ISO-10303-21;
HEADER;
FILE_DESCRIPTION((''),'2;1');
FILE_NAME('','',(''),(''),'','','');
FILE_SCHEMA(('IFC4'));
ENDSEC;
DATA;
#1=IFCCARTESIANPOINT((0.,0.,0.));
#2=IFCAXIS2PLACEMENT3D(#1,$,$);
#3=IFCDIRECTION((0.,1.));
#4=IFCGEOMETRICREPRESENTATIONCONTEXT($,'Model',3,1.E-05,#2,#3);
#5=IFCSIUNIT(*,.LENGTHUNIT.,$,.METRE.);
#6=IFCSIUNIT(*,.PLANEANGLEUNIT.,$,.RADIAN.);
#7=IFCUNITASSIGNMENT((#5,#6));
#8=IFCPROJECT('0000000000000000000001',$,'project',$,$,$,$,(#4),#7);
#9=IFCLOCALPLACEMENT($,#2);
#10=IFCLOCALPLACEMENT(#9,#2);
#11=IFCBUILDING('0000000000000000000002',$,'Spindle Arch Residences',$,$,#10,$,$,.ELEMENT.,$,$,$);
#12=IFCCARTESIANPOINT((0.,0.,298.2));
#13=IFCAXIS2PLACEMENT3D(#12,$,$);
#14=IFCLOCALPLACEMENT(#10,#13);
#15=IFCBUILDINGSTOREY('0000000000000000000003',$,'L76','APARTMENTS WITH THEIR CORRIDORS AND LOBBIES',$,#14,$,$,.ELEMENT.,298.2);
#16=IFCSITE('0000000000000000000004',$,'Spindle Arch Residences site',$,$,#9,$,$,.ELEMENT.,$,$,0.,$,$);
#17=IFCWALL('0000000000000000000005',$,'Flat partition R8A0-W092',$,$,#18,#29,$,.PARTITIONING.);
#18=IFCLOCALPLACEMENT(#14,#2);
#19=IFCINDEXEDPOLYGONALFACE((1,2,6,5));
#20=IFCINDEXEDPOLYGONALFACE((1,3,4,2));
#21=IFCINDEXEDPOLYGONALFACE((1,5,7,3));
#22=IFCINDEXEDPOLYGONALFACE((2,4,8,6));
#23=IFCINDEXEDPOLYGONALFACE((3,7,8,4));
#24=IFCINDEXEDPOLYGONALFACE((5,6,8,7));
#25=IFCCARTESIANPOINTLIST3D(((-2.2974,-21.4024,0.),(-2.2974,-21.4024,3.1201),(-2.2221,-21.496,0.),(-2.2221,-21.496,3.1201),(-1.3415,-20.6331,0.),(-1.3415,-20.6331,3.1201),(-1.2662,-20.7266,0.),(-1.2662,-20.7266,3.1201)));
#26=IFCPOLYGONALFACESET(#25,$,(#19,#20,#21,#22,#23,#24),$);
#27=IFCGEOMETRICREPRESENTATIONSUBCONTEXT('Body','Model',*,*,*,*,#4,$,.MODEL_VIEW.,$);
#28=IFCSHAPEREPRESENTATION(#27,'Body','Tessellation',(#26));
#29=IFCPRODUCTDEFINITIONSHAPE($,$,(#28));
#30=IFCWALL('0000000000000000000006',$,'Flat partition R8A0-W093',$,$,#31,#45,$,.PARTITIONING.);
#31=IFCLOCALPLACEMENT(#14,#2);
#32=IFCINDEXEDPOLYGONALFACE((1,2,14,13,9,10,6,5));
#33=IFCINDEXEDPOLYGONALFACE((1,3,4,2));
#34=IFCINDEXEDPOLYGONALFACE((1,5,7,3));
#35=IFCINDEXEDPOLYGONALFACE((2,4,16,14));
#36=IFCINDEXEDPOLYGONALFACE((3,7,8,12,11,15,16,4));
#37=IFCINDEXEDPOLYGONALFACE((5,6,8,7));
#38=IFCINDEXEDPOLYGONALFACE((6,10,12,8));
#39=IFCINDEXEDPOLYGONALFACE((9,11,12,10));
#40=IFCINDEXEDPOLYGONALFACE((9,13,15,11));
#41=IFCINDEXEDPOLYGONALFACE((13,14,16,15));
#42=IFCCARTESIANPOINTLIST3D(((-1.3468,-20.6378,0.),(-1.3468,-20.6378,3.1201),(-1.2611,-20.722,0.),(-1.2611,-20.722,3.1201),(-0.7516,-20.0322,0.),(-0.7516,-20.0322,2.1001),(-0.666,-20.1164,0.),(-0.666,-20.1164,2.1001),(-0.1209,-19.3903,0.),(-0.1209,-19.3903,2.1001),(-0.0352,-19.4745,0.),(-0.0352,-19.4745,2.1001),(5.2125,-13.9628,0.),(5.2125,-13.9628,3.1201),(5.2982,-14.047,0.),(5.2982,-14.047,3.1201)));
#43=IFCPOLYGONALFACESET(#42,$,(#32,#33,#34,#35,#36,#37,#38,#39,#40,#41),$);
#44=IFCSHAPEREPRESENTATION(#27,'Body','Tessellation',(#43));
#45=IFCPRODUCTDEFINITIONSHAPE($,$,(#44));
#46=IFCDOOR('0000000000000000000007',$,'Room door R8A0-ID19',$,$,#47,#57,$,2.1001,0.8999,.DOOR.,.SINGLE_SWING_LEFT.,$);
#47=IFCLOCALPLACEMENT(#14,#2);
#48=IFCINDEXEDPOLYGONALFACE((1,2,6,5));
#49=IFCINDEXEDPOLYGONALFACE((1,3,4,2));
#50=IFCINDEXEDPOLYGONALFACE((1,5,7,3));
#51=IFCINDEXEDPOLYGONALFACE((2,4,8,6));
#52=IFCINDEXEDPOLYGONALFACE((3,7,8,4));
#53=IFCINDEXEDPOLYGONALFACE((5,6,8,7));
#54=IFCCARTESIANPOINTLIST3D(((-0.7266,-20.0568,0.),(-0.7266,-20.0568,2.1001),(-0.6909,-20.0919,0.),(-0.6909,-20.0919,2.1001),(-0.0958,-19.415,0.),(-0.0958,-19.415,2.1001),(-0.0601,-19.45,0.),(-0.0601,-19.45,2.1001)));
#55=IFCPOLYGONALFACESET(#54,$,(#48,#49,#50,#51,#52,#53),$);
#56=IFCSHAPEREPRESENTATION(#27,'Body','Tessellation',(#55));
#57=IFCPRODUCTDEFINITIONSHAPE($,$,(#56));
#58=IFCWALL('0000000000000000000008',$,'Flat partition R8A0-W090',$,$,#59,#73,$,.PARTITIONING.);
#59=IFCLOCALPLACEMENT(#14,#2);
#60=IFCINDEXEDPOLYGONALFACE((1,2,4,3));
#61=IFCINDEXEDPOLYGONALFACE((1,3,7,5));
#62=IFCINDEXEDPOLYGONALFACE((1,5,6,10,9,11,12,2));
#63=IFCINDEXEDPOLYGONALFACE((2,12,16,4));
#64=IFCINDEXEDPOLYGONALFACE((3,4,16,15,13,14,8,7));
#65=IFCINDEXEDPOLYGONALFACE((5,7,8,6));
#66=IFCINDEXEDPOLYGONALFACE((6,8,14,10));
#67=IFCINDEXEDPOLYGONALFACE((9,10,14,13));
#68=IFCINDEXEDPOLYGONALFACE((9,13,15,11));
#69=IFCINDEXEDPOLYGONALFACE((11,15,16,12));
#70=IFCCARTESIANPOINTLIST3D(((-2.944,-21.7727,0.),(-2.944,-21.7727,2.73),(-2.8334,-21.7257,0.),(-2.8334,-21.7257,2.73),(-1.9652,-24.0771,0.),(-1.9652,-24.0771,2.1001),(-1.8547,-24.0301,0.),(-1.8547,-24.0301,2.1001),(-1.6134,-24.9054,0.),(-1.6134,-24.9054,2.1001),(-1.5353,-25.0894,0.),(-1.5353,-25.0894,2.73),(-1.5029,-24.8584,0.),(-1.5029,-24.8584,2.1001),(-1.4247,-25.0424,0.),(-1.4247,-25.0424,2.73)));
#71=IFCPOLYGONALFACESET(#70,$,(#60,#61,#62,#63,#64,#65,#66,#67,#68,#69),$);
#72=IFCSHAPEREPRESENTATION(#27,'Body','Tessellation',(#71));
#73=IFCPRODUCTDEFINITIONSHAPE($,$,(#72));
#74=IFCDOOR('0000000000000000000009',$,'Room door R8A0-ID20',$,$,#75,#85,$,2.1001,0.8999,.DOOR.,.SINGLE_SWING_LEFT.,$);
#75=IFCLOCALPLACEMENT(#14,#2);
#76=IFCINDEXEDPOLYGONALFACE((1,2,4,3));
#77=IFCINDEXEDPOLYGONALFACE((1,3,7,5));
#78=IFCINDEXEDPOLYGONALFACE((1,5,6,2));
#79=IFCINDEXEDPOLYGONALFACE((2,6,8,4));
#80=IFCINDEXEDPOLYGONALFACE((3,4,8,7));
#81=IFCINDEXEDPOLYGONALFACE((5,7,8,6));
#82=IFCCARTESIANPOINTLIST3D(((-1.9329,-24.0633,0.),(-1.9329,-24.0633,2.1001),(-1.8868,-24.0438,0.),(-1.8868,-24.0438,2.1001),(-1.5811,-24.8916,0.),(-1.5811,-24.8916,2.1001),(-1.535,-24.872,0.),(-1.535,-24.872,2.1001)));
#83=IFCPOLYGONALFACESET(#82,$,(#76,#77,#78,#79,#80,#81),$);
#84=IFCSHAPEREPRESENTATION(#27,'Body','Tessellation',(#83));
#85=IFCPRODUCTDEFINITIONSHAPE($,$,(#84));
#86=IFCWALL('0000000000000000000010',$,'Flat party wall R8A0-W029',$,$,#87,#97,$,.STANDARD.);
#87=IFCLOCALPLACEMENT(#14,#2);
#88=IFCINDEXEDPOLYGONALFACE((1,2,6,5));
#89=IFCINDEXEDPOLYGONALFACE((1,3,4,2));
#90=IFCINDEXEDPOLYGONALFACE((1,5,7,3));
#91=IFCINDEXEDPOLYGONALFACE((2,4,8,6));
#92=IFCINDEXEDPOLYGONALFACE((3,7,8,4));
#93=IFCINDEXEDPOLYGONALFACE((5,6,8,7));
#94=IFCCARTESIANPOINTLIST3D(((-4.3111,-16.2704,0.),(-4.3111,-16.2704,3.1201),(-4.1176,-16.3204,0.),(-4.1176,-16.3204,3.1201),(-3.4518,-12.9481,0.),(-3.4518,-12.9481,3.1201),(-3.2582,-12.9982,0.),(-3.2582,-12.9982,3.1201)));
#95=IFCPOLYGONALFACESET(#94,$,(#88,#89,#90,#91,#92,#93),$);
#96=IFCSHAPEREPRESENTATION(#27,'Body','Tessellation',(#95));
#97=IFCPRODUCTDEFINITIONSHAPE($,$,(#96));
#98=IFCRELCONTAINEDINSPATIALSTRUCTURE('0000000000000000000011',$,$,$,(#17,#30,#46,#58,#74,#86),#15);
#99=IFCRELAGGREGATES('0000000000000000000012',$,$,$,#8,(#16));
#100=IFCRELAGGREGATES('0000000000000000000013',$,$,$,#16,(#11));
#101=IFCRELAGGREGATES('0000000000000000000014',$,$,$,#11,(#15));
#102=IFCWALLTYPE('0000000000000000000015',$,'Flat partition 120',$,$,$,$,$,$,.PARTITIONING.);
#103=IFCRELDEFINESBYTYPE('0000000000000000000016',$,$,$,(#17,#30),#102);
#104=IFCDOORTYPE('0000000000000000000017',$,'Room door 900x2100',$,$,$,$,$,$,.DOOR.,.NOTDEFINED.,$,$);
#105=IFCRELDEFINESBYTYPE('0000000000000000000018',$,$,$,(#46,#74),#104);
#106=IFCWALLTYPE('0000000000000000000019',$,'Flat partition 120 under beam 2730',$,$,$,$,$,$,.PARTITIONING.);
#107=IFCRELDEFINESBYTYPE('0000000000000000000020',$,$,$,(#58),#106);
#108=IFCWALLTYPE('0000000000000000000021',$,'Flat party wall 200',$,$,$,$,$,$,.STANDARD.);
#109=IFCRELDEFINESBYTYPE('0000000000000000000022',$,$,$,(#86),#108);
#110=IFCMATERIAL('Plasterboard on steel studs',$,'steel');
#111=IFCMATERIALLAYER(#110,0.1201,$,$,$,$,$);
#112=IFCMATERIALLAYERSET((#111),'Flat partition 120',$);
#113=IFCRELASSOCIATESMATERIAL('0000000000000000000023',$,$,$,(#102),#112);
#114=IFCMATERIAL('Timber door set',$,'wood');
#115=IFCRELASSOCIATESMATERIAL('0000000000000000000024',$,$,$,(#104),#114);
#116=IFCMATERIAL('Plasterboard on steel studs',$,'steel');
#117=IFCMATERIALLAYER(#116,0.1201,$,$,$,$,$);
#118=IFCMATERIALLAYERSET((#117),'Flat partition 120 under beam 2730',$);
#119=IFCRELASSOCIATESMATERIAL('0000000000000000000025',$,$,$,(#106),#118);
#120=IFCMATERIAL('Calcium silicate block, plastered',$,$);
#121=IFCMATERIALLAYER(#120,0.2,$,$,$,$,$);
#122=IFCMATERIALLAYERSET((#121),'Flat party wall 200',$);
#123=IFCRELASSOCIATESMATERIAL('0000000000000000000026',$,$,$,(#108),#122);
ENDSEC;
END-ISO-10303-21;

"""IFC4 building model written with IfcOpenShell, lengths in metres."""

from ifc_helpers import new_model, si_unit, direction, frame, frame_2d, origin, place, context, subcontext, project, spatial, rectangle, extrude, material, layer, layer_set, type_object, element, fill, save


model = new_model("IFC4")

# Units and contexts
model_context = context("Model", 3, precision=1e-05, world=origin(), true_north=direction((0.0, 1.0)))
body_context = subcontext(model_context, "Body", "Model", "MODEL_VIEW")
ifc_project = project(units=[si_unit("LENGTHUNIT", "METRE"), si_unit("PLANEANGLEUNIT", "RADIAN")], contexts=[model_context])

# Site, building, storey
site_placement = place(None, origin())
site = spatial("IfcSite", under=ifc_project, at=site_placement, Name="Spindle Arch Residences site", CompositionType="ELEMENT", RefElevation=0.0)
building_placement = place(site_placement, origin())
building = spatial("IfcBuilding", under=site, at=building_placement, Name="Spindle Arch Residences", CompositionType="ELEMENT")
storey_placement = place(building_placement, frame((0.0, 0.0, 298.2)))
storey = spatial("IfcBuildingStorey", under=building, at=storey_placement, Name="L76", Description="APARTMENTS WITH THEIR CORRIDORS AND LOBBIES", CompositionType="ELEMENT", Elevation=298.2)

# Shared definitions
ifc_material_1 = material(Name="Plasterboard on steel studs", Category="steel")
ifc_layer_1 = layer(ifc_material_1, 0.1201)
ifc_layer_set_1 = layer_set([ifc_layer_1], Name="Flat partition 120")
wall_type_1 = type_object("IfcWallType", Name="Flat partition 120", PredefinedType="PARTITIONING", material=ifc_layer_set_1)

# Shared definitions
ifc_material_2 = material(Name="Timber door set", Category="wood")
door_type = type_object("IfcDoorType", Name="Room door 900x2100", OperationType="NOTDEFINED", PredefinedType="DOOR", material=ifc_material_2)

# Wall
wall_1_placement = place(storey_placement, frame((-2.2598, -21.4492, 0.0), z_axis=(0.0, 0.0, 1.0), x_axis=(0.779021, 0.626998, 0.0)))
element("IfcWall", 1, at=wall_1_placement, inside=storey, type_object=wall_type_1, Name="Flat partition R8A0-W092", PredefinedType="PARTITIONING", context=body_context, shape_type="SweptSolid", body=[
    extrude(rectangle(XDim=1.2271, YDim=0.1201, at=frame_2d((0.6135, 0.0))), origin(), (0.0, 0.0, 1.0), 3.1201),
])

# Walls, openings, doors
wall_2_placement = place(storey_placement, frame((-1.304, -20.6799, 0.0), z_axis=(0.0, 0.0, 1.0), x_axis=(0.700897, 0.713263, 0.0)))
wall_2 = element("IfcWall", 2, at=wall_2_placement, inside=storey, type_object=wall_type_1, Name="Flat partition R8A0-W093", PredefinedType="PARTITIONING", context=body_context, shape_type="SweptSolid", body=[
    extrude(rectangle(XDim=9.3584, YDim=0.1201, at=frame_2d((4.6792, 0.0))), origin(), (0.0, 0.0, 1.0), 3.1201),
])
opening_1_placement = place(wall_2_placement, frame((0.8491, 0.0, 0.0)))
opening_1 = element("IfcOpeningElement", 3, at=opening_1_placement, cuts=wall_2, PredefinedType="OPENING", context=body_context, shape_type="SweptSolid", body=[
    extrude(rectangle(XDim=0.8999, YDim=2.1001, at=frame_2d((0.45, 1.05))), frame((0.0, 0.0701, 0.0), z_axis=(0.0, -1.0, 0.0), x_axis=(1.0, 0.0, 0.0)), (0.0, 0.0, 1.0), 0.1401),
])
door_1_placement = place(opening_1_placement, origin())
door_1 = element("IfcDoor", 4, at=door_1_placement, inside=storey, type_object=door_type, Name="Room door R8A0-ID19", OperationType="SINGLE_SWING_LEFT", OverallHeight=2.1001, OverallWidth=0.8999, PredefinedType="DOOR", context=body_context, shape_type="SweptSolid", body=[
    extrude(rectangle(XDim=0.8999, YDim=2.1001, at=frame_2d((0.45, 1.05))), frame((0.0, 0.0249, 0.0), z_axis=(0.0, -1.0, 0.0), x_axis=(1.0, 0.0, 0.0)), (0.0, 0.0, 1.0), 0.05),
])
fill(opening_1, door_1)
ifc_material_3 = material(Name="Plasterboard on steel studs", Category="steel")
ifc_layer_2 = layer(ifc_material_3, 0.1201)
ifc_layer_set_2 = layer_set([ifc_layer_2], Name="Flat partition 120 under beam 2730")
wall_type_2 = type_object("IfcWallType", Name="Flat partition 120 under beam 2730", PredefinedType="PARTITIONING", material=ifc_layer_set_2)
wall_3_placement = place(storey_placement, frame((-1.48, -25.0659, 0.0), z_axis=(0.0, 0.0, 1.0), x_axis=(-0.390933, 0.920419, 0.0)))
wall_3 = element("IfcWall", 5, at=wall_3_placement, inside=storey, type_object=wall_type_2, Name="Flat partition R8A0-W090", PredefinedType="PARTITIONING", context=body_context, shape_type="SweptSolid", body=[
    extrude(rectangle(XDim=3.6035, YDim=0.1201, at=frame_2d((1.8018, 0.0))), origin(), (0.0, 0.0, 1.0), 2.73),
])
opening_2_placement = place(wall_3_placement, frame((0.2, 0.0, 0.0)))
opening_2 = element("IfcOpeningElement", 6, at=opening_2_placement, cuts=wall_3, PredefinedType="OPENING", context=body_context, shape_type="SweptSolid", body=[
    extrude(rectangle(XDim=0.8999, YDim=2.1001, at=frame_2d((0.45, 1.05))), frame((0.0, 0.0701, 0.0), z_axis=(0.0, -1.0, 0.0), x_axis=(1.0, 0.0, 0.0)), (0.0, 0.0, 1.0), 0.1401),
])
door_2_placement = place(opening_2_placement, origin())
door_2 = element("IfcDoor", 7, at=door_2_placement, inside=storey, type_object=door_type, Name="Room door R8A0-ID20", OperationType="SINGLE_SWING_LEFT", OverallHeight=2.1001, OverallWidth=0.8999, PredefinedType="DOOR", context=body_context, shape_type="SweptSolid", body=[
    extrude(rectangle(XDim=0.8999, YDim=2.1001, at=frame_2d((0.45, 1.05))), frame((0.0, 0.0249, 0.0), z_axis=(0.0, -1.0, 0.0), x_axis=(1.0, 0.0, 0.0)), (0.0, 0.0, 1.0), 0.05),
])
fill(opening_2, door_2)

# Wall
ifc_material_4 = material(Name="Calcium silicate block, plastered")
ifc_layer_3 = layer(ifc_material_4, 0.2)
ifc_layer_set_3 = layer_set([ifc_layer_3], Name="Flat party wall 200")
wall_type_3 = type_object("IfcWallType", Name="Flat party wall 200", PredefinedType="STANDARD", material=ifc_layer_set_3)
wall_4_placement = place(storey_placement, frame((-4.2144, -16.2954, 0.0), z_axis=(0.0, 0.0, 1.0), x_axis=(0.250429, 0.968135, 0.0)))
element("IfcWall", 8, at=wall_4_placement, inside=storey, type_object=wall_type_3, Name="Flat party wall R8A0-W029", PredefinedType="STANDARD", context=body_context, shape_type="SweptSolid", body=[
    extrude(rectangle(XDim=3.4316, YDim=0.2, at=frame_2d((1.7158, 0.0))), origin(), (0.0, 0.0, 1.0), 3.1201),
])

save(model, "model.ifc")
